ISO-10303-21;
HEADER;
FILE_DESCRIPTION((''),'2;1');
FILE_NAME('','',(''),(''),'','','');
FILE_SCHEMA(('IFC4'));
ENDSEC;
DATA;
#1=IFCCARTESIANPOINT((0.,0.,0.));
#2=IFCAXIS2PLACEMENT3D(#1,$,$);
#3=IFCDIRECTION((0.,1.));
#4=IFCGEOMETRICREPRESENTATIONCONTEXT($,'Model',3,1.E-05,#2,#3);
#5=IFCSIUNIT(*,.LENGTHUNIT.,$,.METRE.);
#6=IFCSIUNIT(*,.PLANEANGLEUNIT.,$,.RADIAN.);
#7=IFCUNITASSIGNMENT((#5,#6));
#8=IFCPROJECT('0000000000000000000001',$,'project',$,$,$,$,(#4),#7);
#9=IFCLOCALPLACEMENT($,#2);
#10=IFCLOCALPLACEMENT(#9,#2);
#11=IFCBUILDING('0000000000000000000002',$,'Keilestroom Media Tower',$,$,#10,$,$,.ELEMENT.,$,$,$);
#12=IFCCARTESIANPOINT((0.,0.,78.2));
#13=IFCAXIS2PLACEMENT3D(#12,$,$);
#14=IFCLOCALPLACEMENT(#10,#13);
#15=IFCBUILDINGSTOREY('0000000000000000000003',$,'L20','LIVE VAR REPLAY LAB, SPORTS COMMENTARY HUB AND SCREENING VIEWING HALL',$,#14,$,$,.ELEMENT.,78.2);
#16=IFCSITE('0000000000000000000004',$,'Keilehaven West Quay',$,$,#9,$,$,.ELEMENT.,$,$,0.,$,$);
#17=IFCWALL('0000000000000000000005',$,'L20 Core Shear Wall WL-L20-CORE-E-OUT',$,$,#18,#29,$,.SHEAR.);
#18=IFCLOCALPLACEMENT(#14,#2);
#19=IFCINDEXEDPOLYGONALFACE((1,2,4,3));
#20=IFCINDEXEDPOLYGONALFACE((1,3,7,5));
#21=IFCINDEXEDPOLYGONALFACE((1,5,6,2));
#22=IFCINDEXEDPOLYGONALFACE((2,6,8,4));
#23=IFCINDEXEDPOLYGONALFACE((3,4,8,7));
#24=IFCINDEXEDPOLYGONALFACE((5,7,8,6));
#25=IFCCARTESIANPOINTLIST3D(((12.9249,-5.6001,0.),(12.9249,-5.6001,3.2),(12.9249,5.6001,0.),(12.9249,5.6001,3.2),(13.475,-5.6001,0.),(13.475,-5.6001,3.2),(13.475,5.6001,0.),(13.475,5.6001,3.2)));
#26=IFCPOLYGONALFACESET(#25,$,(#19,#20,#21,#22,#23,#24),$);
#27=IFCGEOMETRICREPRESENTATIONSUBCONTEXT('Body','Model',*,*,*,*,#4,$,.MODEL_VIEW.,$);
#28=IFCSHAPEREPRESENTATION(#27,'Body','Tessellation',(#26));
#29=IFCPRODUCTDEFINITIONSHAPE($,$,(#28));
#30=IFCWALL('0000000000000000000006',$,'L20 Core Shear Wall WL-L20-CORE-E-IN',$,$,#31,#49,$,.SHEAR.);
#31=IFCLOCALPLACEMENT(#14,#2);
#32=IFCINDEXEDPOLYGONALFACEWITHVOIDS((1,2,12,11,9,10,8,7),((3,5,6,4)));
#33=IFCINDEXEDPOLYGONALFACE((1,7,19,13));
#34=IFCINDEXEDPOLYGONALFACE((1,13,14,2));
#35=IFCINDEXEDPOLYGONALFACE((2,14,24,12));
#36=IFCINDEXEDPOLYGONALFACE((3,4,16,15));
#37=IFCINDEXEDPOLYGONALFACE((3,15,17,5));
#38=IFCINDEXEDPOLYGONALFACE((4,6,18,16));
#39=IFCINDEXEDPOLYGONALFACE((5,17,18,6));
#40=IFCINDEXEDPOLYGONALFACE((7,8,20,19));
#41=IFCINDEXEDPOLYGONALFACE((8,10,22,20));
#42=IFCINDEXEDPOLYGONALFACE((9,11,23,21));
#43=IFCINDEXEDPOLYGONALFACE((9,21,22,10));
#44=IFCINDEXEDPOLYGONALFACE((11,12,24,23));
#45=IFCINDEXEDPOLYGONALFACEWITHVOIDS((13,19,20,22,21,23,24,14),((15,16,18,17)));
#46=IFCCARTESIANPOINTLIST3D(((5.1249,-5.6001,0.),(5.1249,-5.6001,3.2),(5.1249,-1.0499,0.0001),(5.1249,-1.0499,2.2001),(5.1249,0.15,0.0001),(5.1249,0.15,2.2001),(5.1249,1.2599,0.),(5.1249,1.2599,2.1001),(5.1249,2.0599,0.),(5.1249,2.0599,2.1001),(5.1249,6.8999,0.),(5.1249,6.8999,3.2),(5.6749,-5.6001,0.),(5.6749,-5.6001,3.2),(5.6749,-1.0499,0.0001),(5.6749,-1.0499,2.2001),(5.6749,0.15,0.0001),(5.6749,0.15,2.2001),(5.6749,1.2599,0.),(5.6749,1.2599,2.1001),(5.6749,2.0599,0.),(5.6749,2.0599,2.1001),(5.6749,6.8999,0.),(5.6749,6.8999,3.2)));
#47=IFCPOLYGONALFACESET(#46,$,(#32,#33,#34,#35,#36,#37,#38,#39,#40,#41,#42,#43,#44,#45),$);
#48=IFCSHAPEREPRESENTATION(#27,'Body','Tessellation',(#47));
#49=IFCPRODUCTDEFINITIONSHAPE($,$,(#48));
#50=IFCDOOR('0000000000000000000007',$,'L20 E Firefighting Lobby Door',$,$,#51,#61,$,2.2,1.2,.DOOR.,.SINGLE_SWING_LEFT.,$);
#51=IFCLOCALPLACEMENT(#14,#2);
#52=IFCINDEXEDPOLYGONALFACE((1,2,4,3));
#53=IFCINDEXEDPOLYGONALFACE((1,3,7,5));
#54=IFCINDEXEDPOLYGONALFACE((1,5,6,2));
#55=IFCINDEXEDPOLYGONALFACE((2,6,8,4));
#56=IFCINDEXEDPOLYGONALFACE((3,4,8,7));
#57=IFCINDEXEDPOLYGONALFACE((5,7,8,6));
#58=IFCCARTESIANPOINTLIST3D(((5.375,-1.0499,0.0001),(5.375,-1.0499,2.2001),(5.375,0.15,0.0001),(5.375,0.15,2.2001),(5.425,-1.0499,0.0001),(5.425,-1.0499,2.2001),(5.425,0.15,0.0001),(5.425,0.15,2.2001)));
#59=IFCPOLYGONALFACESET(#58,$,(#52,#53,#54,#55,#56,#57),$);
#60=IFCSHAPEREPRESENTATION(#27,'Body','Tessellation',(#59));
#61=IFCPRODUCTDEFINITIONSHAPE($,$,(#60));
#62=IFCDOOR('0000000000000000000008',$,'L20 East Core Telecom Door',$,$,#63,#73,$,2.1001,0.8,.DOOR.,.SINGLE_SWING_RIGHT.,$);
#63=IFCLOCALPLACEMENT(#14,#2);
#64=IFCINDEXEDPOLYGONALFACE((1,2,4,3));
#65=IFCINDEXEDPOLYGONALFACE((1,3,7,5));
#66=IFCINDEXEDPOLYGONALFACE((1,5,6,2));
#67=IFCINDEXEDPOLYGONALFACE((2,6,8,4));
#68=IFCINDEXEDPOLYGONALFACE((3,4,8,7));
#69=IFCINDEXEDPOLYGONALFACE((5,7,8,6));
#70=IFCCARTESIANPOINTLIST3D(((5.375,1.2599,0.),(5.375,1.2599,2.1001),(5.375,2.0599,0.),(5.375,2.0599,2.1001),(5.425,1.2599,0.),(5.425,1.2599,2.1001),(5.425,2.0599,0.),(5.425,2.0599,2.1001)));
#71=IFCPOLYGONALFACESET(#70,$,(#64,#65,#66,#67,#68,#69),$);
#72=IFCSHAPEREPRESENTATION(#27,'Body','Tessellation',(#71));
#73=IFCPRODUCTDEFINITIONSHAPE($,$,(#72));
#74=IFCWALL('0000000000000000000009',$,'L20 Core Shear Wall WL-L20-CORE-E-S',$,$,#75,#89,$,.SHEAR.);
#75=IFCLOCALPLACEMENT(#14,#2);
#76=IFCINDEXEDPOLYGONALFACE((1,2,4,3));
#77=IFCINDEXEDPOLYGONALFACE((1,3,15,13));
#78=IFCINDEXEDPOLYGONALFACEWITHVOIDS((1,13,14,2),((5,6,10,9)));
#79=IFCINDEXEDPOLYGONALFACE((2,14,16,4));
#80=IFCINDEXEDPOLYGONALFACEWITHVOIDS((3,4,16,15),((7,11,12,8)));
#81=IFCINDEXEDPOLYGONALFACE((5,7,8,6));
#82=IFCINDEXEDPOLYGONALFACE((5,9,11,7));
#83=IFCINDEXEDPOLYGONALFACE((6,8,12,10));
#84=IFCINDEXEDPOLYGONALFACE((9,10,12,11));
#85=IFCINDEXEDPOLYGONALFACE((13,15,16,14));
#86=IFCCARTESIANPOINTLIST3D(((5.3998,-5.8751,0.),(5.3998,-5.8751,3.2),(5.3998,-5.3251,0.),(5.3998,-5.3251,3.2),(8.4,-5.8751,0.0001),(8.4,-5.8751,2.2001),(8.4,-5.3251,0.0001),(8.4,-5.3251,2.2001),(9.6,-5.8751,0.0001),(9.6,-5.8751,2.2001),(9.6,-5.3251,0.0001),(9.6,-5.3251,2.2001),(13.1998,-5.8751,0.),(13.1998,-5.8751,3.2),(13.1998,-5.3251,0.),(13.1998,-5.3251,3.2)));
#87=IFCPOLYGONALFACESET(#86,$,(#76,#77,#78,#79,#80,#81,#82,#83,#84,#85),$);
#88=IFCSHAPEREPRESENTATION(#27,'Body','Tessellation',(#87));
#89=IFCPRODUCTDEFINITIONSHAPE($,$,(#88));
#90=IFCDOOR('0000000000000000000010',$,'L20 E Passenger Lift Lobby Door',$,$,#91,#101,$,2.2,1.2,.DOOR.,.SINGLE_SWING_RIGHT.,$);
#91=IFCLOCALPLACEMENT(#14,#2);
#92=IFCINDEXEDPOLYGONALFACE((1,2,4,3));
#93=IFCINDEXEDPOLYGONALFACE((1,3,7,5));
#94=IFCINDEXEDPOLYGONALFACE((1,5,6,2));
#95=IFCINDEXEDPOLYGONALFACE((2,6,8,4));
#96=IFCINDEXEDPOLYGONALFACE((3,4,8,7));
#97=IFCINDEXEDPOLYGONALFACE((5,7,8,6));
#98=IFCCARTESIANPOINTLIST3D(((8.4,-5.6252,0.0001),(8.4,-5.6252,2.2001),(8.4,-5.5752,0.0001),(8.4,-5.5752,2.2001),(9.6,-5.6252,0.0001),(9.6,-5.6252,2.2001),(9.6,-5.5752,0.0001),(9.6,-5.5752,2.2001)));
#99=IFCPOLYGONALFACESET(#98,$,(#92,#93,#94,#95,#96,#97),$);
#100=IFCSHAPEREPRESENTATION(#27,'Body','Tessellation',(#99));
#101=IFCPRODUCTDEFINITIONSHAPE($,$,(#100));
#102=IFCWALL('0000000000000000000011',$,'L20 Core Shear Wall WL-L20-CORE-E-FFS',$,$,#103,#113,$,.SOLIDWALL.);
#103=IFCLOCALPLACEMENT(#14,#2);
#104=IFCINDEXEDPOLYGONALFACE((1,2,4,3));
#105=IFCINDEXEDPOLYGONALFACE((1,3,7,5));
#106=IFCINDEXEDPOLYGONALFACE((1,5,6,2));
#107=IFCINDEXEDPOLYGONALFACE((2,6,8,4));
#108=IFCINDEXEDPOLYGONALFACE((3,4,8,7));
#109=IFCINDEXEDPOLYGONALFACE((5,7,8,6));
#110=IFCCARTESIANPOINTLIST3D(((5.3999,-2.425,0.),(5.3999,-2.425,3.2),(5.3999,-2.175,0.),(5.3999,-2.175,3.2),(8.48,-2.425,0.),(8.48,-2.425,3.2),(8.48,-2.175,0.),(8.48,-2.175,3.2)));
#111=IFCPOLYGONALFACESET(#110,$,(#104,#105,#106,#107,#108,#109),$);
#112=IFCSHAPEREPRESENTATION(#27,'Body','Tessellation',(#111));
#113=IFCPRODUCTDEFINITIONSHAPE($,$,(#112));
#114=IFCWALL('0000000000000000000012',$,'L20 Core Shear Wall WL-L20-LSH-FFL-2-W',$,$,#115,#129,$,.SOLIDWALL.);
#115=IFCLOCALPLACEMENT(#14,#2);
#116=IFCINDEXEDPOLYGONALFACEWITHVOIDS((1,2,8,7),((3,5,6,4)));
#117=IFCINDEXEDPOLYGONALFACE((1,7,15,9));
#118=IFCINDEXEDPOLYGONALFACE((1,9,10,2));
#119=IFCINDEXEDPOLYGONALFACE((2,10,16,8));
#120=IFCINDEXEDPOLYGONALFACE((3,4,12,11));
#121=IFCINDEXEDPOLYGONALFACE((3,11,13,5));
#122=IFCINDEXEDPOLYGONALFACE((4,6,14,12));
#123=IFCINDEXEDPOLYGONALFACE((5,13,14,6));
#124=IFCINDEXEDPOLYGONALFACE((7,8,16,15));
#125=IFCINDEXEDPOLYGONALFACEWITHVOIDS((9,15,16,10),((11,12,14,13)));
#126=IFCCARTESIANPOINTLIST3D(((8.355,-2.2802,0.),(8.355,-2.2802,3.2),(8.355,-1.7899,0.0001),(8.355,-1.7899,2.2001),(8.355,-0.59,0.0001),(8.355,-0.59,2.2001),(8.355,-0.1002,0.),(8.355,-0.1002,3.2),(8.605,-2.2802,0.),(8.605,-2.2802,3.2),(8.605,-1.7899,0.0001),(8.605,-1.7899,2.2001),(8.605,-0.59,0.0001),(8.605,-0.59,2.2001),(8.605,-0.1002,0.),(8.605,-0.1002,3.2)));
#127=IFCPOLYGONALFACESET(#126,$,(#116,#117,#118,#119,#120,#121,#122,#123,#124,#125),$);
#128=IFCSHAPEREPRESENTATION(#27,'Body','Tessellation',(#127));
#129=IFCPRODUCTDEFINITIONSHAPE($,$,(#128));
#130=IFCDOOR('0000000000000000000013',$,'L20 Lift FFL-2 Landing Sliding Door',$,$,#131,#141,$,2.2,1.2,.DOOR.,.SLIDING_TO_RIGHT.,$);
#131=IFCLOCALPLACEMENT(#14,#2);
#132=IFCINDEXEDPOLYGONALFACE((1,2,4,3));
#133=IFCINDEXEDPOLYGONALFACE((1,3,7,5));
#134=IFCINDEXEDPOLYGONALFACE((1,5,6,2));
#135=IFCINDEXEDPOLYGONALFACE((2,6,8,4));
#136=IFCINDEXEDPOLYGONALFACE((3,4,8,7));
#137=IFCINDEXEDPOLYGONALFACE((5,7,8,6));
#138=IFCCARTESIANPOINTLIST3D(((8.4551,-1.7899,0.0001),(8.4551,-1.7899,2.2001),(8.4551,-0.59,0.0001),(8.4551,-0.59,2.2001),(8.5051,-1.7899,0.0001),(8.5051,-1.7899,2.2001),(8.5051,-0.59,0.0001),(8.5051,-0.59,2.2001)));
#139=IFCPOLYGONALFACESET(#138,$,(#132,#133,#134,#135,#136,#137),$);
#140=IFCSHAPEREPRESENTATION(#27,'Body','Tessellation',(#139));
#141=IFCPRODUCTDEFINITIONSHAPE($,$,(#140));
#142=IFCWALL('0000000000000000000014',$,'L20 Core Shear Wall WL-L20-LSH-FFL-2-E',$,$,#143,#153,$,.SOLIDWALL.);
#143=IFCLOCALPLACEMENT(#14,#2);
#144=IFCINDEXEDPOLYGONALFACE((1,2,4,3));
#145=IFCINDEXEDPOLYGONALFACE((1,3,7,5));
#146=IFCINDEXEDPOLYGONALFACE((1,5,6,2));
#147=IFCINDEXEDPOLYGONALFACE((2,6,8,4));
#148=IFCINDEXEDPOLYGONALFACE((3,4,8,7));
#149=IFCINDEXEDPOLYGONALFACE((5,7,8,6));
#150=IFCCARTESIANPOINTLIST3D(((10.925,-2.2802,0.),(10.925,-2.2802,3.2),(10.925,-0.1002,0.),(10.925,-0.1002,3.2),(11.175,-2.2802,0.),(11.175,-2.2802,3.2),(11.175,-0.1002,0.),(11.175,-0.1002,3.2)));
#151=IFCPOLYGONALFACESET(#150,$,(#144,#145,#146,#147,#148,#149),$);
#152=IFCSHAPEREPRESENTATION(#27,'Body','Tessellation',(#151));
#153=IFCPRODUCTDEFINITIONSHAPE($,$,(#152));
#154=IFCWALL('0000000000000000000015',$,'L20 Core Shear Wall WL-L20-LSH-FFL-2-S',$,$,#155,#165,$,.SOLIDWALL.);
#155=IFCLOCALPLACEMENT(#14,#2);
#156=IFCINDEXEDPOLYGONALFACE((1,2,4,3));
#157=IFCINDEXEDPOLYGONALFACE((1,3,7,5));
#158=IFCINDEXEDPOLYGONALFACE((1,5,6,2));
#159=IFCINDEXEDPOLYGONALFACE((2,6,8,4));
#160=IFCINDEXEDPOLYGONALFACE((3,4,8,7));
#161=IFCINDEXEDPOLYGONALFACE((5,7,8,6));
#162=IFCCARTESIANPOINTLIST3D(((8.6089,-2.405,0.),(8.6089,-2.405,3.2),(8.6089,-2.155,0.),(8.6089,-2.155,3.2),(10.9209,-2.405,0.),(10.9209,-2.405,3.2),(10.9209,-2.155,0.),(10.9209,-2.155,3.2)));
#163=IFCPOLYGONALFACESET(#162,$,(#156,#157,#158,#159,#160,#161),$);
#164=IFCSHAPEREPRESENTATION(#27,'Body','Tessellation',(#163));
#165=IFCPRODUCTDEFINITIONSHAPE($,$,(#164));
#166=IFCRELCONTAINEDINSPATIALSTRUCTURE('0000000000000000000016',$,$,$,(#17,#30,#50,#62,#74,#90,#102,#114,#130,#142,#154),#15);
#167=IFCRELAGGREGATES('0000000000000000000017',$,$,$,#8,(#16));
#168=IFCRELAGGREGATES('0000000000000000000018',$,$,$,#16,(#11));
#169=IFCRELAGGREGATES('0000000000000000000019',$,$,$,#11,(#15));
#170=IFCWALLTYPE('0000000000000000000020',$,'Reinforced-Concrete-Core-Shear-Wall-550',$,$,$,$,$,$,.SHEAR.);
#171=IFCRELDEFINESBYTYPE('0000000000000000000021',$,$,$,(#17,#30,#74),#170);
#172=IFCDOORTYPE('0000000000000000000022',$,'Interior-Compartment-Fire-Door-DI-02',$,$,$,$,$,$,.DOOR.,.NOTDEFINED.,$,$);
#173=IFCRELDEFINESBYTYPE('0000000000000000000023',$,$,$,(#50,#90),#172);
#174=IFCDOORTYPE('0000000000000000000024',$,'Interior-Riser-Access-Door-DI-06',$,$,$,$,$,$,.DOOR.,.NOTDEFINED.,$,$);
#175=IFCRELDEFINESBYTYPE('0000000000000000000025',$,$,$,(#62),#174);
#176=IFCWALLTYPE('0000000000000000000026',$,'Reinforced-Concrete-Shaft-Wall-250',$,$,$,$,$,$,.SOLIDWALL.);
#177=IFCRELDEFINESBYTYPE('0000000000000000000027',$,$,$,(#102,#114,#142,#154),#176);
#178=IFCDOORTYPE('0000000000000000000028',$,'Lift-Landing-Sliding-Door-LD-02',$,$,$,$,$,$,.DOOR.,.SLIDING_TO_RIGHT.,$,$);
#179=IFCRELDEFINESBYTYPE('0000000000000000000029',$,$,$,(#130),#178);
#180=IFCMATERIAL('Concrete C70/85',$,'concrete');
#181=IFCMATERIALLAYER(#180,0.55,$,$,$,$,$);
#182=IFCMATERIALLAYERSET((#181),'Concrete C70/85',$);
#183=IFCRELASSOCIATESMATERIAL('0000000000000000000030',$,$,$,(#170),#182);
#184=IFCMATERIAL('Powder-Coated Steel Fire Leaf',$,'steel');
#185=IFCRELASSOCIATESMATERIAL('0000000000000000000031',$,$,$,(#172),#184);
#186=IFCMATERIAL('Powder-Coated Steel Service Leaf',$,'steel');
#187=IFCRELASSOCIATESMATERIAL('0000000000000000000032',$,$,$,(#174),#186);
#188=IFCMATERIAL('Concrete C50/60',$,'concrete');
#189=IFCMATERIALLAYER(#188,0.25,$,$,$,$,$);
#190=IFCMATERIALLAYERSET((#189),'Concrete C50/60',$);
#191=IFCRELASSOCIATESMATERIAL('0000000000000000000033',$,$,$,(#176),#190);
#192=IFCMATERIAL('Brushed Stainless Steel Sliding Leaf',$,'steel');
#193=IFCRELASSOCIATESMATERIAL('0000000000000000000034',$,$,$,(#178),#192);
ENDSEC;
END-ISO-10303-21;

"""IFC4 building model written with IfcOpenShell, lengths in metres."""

from ifc_helpers import new_model, si_unit, direction, frame, frame_2d, origin, place, context, subcontext, project, spatial, rectangle, extrude, source, transform, mapped, material, layer, layer_set, type_object, element, fill, save


model = new_model("IFC4")

# Units and contexts
model_context = context("Model", 3, precision=1e-05, world=origin(), true_north=direction((0.0, 1.0)))
body_context = subcontext(model_context, "Body", "Model", "MODEL_VIEW")
ifc_project = project(units=[si_unit("LENGTHUNIT", "METRE"), si_unit("PLANEANGLEUNIT", "RADIAN")], contexts=[model_context])

# Site, building, storey
site_placement = place(None, origin())
site = spatial("IfcSite", under=ifc_project, at=site_placement, Name="Keilehaven West Quay", CompositionType="ELEMENT", RefElevation=0.0)
building_placement = place(site_placement, origin())
building = spatial("IfcBuilding", under=site, at=building_placement, Name="Keilestroom Media Tower", CompositionType="ELEMENT")
storey_placement = place(building_placement, frame((0.0, 0.0, 78.2)))
storey = spatial("IfcBuildingStorey", under=building, at=storey_placement, Name="L20", Description="LIVE VAR REPLAY LAB, SPORTS COMMENTARY HUB AND SCREENING VIEWING HALL", CompositionType="ELEMENT", Elevation=78.2)

# Shared definitions
ifc_material_1 = material(Name="Concrete C70/85", Category="concrete")

# Wall
ifc_layer_1 = layer(ifc_material_1, 0.55)
ifc_layer_set_1 = layer_set([ifc_layer_1], Name="Concrete C70/85")
wall_type_1 = type_object("IfcWallType", Name="Reinforced-Concrete-Core-Shear-Wall-550", PredefinedType="SHEAR", material=ifc_layer_set_1)
wall_1_placement = place(storey_placement, frame((13.2, -5.6001, 0.0), z_axis=(0.0, 0.0, 1.0), x_axis=(0.0, 1.0, 0.0)))
element("IfcWall", 1, at=wall_1_placement, inside=storey, type_object=wall_type_1, Name="L20 Core Shear Wall WL-L20-CORE-E-OUT", PredefinedType="SHEAR", context=body_context, shape_type="SweptSolid", body=[
    extrude(rectangle(XDim=11.2002, YDim=0.55, at=frame_2d((5.6001, 0.0))), origin(), (0.0, 0.0, 1.0), 3.2),
])

# Wall, openings, doors
wall_2_placement = place(storey_placement, frame((5.3999, -5.6001, 0.0), z_axis=(0.0, 0.0, 1.0), x_axis=(0.0, 1.0, 0.0)))
wall_2 = element("IfcWall", 2, at=wall_2_placement, inside=storey, type_object=wall_type_1, Name="L20 Core Shear Wall WL-L20-CORE-E-IN", PredefinedType="SHEAR", context=body_context, shape_type="SweptSolid", body=[
    extrude(rectangle(XDim=12.5, YDim=0.55, at=frame_2d((6.25, 0.0))), origin(), (0.0, 0.0, 1.0), 3.2),
])
opening_1_placement = place(wall_2_placement, frame((4.55, 0.0, 0.0)))
opening_1 = element("IfcOpeningElement", 3, at=opening_1_placement, cuts=wall_2, PredefinedType="OPENING", context=body_context, shape_type="SweptSolid", body=[
    extrude(rectangle(XDim=1.2, YDim=2.2, at=frame_2d((0.6001, 1.1001))), frame((0.0, 0.2852, 0.0), z_axis=(0.0, -1.0, 0.0), x_axis=(1.0, 0.0, 0.0)), (0.0, 0.0, 1.0), 0.5701),
])
opening_2_placement = place(wall_2_placement, frame((6.8601, 0.0, 0.0)))
opening_2 = element("IfcOpeningElement", 4, at=opening_2_placement, cuts=wall_2, PredefinedType="OPENING", context=body_context, shape_type="SweptSolid", body=[
    extrude(rectangle(XDim=0.8, YDim=2.1001, at=frame_2d((0.3999, 1.05))), frame((0.0, 0.2852, 0.0), z_axis=(0.0, -1.0, 0.0), x_axis=(1.0, 0.0, 0.0)), (0.0, 0.0, 1.0), 0.5701),
])
ifc_material_2 = material(Name="Powder-Coated Steel Fire Leaf", Category="steel")
door_type_1 = type_object("IfcDoorType", Name="Interior-Compartment-Fire-Door-DI-02", OperationType="NOTDEFINED", PredefinedType="DOOR", material=ifc_material_2)
shared_shape_1 = source(origin(), body_context, "Body", "SweptSolid", [
    extrude(rectangle(XDim=1.2, YDim=2.2, at=frame_2d((0.6001, 1.1001))), frame((0.0, 0.0249, 0.0), z_axis=(0.0, -1.0, 0.0), x_axis=(1.0, 0.0, 0.0)), (0.0, 0.0, 1.0), 0.05),
])
door_1_placement = place(opening_1_placement, origin())
door_1 = element("IfcDoor", 5, at=door_1_placement, inside=storey, type_object=door_type_1, Name="L20 E Firefighting Lobby Door", OperationType="SINGLE_SWING_LEFT", OverallHeight=2.2, OverallWidth=1.2, PredefinedType="DOOR", context=body_context, shape_type="MappedRepresentation", body=[
    mapped(shared_shape_1, transform((0.0, 0.0, 0.0), x_axis=(1.0, 0.0, 0.0), y_axis=(0.0, 1.0, 0.0), z_axis=(0.0, 0.0, 1.0), scale=1.0)),
])
fill(opening_1, door_1)
ifc_material_3 = material(Name="Powder-Coated Steel Service Leaf", Category="steel")
door_type_2 = type_object("IfcDoorType", Name="Interior-Riser-Access-Door-DI-06", OperationType="NOTDEFINED", PredefinedType="DOOR", material=ifc_material_3)
shared_shape_2 = source(origin(), body_context, "Body", "SweptSolid", [
    extrude(rectangle(XDim=0.8, YDim=2.1001, at=frame_2d((0.3999, 1.05))), frame((0.0, 0.0249, 0.0), z_axis=(0.0, -1.0, 0.0), x_axis=(1.0, 0.0, 0.0)), (0.0, 0.0, 1.0), 0.05),
])
door_2_placement = place(opening_2_placement, origin())
door_2 = element("IfcDoor", 6, at=door_2_placement, inside=storey, type_object=door_type_2, Name="L20 East Core Telecom Door", OperationType="SINGLE_SWING_RIGHT", OverallHeight=2.1001, OverallWidth=0.8, PredefinedType="DOOR", context=body_context, shape_type="MappedRepresentation", body=[
    mapped(shared_shape_2, transform((0.0, 0.0, 0.0), x_axis=(1.0, 0.0, 0.0), y_axis=(0.0, 1.0, 0.0), z_axis=(0.0, 0.0, 1.0), scale=1.0)),
])
fill(opening_2, door_2)

# Wall, opening, door
wall_3_placement = place(storey_placement, frame((5.3999, -5.6001, 0.0), z_axis=(0.0, 0.0, 1.0), x_axis=(1.0, 0.0, 0.0)))
wall_3 = element("IfcWall", 7, at=wall_3_placement, inside=storey, type_object=wall_type_1, Name="L20 Core Shear Wall WL-L20-CORE-E-S", PredefinedType="SHEAR", context=body_context, shape_type="SweptSolid", body=[
    extrude(rectangle(XDim=7.8, YDim=0.55, at=frame_2d((3.8999, 0.0))), origin(), (0.0, 0.0, 1.0), 3.2),
])
opening_3_placement = place(wall_3_placement, frame((3.0, 0.0, 0.0)))
opening_3 = element("IfcOpeningElement", 8, at=opening_3_placement, cuts=wall_3, PredefinedType="OPENING", context=body_context, shape_type="SweptSolid", body=[
    extrude(rectangle(XDim=1.2, YDim=2.2, at=frame_2d((0.6001, 1.1001))), frame((0.0, 0.2852, 0.0), z_axis=(0.0, -1.0, 0.0), x_axis=(1.0, 0.0, 0.0)), (0.0, 0.0, 1.0), 0.5701),
])
door_3_placement = place(opening_3_placement, origin())
door_3 = element("IfcDoor", 9, at=door_3_placement, inside=storey, type_object=door_type_1, Name="L20 E Passenger Lift Lobby Door", OperationType="SINGLE_SWING_RIGHT", OverallHeight=2.2, OverallWidth=1.2, PredefinedType="DOOR", context=body_context, shape_type="MappedRepresentation", body=[
    mapped(shared_shape_1, transform((0.0, 0.0, 0.0), x_axis=(1.0, 0.0, 0.0), y_axis=(0.0, 1.0, 0.0), z_axis=(0.0, 0.0, 1.0), scale=1.0)),
])
fill(opening_3, door_3)

# Wall
ifc_material_4 = material(Name="Concrete C50/60", Category="concrete")
ifc_layer_2 = layer(ifc_material_4, 0.25)
ifc_layer_set_2 = layer_set([ifc_layer_2], Name="Concrete C50/60")
wall_type_2 = type_object("IfcWallType", Name="Reinforced-Concrete-Shaft-Wall-250", PredefinedType="SOLIDWALL", material=ifc_layer_set_2)
wall_4_placement = place(storey_placement, frame((5.3999, -2.3, 0.0), z_axis=(0.0, 0.0, 1.0), x_axis=(1.0, 0.0, 0.0)))
element("IfcWall", 10, at=wall_4_placement, inside=storey, type_object=wall_type_2, Name="L20 Core Shear Wall WL-L20-CORE-E-FFS", PredefinedType="SOLIDWALL", context=body_context, shape_type="SweptSolid", body=[
    extrude(rectangle(XDim=3.0801, YDim=0.25, at=frame_2d((1.54, 0.0))), origin(), (0.0, 0.0, 1.0), 3.2),
])

# Wall, opening, door
wall_5_placement = place(storey_placement, frame((8.48, -2.28, 0.0), z_axis=(0.0, 0.0, 1.0), x_axis=(0.0, 1.0, 0.0)))
wall_5 = element("IfcWall", 11, at=wall_5_placement, inside=storey, type_object=wall_type_2, Name="L20 Core Shear Wall WL-L20-LSH-FFL-2-W", PredefinedType="SOLIDWALL", context=body_context, shape_type="SweptSolid", body=[
    extrude(rectangle(XDim=2.1799, YDim=0.25, at=frame_2d((1.0898, 0.0))), origin(), (0.0, 0.0, 1.0), 3.2),
])
opening_4_placement = place(wall_5_placement, frame((0.49, 0.0, 0.0)))
opening_4 = element("IfcOpeningElement", 12, at=opening_4_placement, cuts=wall_5, PredefinedType="OPENING", context=body_context, shape_type="SweptSolid", body=[
    extrude(rectangle(XDim=1.2, YDim=2.2, at=frame_2d((0.6001, 1.1001))), frame((0.0, 0.135, 0.0), z_axis=(0.0, -1.0, 0.0), x_axis=(1.0, 0.0, 0.0)), (0.0, 0.0, 1.0), 0.27),
])
ifc_material_5 = material(Name="Brushed Stainless Steel Sliding Leaf", Category="steel")
door_type_3 = type_object("IfcDoorType", Name="Lift-Landing-Sliding-Door-LD-02", OperationType="SLIDING_TO_RIGHT", PredefinedType="DOOR", material=ifc_material_5)
door_4_placement = place(opening_4_placement, origin())
door_4 = element("IfcDoor", 13, at=door_4_placement, inside=storey, type_object=door_type_3, Name="L20 Lift FFL-2 Landing Sliding Door", OperationType="SLIDING_TO_RIGHT", OverallHeight=2.2, OverallWidth=1.2, PredefinedType="DOOR", context=body_context, shape_type="MappedRepresentation", body=[
    mapped(shared_shape_1, transform((0.0, 0.0, 0.0), x_axis=(1.0, 0.0, 0.0), y_axis=(0.0, 1.0, 0.0), z_axis=(0.0, 0.0, 1.0), scale=1.0)),
])
fill(opening_4, door_4)

# Walls
wall_6_placement = place(storey_placement, frame((11.05, -2.28, 0.0), z_axis=(0.0, 0.0, 1.0), x_axis=(0.0, 1.0, 0.0)))
element("IfcWall", 14, at=wall_6_placement, inside=storey, type_object=wall_type_2, Name="L20 Core Shear Wall WL-L20-LSH-FFL-2-E", PredefinedType="SOLIDWALL", context=body_context, shape_type="SweptSolid", body=[
    extrude(rectangle(XDim=2.1799, YDim=0.25, at=frame_2d((1.0898, 0.0))), origin(), (0.0, 0.0, 1.0), 3.2),
])
wall_7_placement = place(storey_placement, frame((8.6089, -2.28, 0.0), z_axis=(0.0, 0.0, 1.0), x_axis=(1.0, 0.0, 0.0)))
element("IfcWall", 15, at=wall_7_placement, inside=storey, type_object=wall_type_2, Name="L20 Core Shear Wall WL-L20-LSH-FFL-2-S", PredefinedType="SOLIDWALL", context=body_context, shape_type="SweptSolid", body=[
    extrude(rectangle(XDim=2.312, YDim=0.25, at=frame_2d((1.156, 0.0))), origin(), (0.0, 0.0, 1.0), 3.2),
])

save(model, "model.ifc")
